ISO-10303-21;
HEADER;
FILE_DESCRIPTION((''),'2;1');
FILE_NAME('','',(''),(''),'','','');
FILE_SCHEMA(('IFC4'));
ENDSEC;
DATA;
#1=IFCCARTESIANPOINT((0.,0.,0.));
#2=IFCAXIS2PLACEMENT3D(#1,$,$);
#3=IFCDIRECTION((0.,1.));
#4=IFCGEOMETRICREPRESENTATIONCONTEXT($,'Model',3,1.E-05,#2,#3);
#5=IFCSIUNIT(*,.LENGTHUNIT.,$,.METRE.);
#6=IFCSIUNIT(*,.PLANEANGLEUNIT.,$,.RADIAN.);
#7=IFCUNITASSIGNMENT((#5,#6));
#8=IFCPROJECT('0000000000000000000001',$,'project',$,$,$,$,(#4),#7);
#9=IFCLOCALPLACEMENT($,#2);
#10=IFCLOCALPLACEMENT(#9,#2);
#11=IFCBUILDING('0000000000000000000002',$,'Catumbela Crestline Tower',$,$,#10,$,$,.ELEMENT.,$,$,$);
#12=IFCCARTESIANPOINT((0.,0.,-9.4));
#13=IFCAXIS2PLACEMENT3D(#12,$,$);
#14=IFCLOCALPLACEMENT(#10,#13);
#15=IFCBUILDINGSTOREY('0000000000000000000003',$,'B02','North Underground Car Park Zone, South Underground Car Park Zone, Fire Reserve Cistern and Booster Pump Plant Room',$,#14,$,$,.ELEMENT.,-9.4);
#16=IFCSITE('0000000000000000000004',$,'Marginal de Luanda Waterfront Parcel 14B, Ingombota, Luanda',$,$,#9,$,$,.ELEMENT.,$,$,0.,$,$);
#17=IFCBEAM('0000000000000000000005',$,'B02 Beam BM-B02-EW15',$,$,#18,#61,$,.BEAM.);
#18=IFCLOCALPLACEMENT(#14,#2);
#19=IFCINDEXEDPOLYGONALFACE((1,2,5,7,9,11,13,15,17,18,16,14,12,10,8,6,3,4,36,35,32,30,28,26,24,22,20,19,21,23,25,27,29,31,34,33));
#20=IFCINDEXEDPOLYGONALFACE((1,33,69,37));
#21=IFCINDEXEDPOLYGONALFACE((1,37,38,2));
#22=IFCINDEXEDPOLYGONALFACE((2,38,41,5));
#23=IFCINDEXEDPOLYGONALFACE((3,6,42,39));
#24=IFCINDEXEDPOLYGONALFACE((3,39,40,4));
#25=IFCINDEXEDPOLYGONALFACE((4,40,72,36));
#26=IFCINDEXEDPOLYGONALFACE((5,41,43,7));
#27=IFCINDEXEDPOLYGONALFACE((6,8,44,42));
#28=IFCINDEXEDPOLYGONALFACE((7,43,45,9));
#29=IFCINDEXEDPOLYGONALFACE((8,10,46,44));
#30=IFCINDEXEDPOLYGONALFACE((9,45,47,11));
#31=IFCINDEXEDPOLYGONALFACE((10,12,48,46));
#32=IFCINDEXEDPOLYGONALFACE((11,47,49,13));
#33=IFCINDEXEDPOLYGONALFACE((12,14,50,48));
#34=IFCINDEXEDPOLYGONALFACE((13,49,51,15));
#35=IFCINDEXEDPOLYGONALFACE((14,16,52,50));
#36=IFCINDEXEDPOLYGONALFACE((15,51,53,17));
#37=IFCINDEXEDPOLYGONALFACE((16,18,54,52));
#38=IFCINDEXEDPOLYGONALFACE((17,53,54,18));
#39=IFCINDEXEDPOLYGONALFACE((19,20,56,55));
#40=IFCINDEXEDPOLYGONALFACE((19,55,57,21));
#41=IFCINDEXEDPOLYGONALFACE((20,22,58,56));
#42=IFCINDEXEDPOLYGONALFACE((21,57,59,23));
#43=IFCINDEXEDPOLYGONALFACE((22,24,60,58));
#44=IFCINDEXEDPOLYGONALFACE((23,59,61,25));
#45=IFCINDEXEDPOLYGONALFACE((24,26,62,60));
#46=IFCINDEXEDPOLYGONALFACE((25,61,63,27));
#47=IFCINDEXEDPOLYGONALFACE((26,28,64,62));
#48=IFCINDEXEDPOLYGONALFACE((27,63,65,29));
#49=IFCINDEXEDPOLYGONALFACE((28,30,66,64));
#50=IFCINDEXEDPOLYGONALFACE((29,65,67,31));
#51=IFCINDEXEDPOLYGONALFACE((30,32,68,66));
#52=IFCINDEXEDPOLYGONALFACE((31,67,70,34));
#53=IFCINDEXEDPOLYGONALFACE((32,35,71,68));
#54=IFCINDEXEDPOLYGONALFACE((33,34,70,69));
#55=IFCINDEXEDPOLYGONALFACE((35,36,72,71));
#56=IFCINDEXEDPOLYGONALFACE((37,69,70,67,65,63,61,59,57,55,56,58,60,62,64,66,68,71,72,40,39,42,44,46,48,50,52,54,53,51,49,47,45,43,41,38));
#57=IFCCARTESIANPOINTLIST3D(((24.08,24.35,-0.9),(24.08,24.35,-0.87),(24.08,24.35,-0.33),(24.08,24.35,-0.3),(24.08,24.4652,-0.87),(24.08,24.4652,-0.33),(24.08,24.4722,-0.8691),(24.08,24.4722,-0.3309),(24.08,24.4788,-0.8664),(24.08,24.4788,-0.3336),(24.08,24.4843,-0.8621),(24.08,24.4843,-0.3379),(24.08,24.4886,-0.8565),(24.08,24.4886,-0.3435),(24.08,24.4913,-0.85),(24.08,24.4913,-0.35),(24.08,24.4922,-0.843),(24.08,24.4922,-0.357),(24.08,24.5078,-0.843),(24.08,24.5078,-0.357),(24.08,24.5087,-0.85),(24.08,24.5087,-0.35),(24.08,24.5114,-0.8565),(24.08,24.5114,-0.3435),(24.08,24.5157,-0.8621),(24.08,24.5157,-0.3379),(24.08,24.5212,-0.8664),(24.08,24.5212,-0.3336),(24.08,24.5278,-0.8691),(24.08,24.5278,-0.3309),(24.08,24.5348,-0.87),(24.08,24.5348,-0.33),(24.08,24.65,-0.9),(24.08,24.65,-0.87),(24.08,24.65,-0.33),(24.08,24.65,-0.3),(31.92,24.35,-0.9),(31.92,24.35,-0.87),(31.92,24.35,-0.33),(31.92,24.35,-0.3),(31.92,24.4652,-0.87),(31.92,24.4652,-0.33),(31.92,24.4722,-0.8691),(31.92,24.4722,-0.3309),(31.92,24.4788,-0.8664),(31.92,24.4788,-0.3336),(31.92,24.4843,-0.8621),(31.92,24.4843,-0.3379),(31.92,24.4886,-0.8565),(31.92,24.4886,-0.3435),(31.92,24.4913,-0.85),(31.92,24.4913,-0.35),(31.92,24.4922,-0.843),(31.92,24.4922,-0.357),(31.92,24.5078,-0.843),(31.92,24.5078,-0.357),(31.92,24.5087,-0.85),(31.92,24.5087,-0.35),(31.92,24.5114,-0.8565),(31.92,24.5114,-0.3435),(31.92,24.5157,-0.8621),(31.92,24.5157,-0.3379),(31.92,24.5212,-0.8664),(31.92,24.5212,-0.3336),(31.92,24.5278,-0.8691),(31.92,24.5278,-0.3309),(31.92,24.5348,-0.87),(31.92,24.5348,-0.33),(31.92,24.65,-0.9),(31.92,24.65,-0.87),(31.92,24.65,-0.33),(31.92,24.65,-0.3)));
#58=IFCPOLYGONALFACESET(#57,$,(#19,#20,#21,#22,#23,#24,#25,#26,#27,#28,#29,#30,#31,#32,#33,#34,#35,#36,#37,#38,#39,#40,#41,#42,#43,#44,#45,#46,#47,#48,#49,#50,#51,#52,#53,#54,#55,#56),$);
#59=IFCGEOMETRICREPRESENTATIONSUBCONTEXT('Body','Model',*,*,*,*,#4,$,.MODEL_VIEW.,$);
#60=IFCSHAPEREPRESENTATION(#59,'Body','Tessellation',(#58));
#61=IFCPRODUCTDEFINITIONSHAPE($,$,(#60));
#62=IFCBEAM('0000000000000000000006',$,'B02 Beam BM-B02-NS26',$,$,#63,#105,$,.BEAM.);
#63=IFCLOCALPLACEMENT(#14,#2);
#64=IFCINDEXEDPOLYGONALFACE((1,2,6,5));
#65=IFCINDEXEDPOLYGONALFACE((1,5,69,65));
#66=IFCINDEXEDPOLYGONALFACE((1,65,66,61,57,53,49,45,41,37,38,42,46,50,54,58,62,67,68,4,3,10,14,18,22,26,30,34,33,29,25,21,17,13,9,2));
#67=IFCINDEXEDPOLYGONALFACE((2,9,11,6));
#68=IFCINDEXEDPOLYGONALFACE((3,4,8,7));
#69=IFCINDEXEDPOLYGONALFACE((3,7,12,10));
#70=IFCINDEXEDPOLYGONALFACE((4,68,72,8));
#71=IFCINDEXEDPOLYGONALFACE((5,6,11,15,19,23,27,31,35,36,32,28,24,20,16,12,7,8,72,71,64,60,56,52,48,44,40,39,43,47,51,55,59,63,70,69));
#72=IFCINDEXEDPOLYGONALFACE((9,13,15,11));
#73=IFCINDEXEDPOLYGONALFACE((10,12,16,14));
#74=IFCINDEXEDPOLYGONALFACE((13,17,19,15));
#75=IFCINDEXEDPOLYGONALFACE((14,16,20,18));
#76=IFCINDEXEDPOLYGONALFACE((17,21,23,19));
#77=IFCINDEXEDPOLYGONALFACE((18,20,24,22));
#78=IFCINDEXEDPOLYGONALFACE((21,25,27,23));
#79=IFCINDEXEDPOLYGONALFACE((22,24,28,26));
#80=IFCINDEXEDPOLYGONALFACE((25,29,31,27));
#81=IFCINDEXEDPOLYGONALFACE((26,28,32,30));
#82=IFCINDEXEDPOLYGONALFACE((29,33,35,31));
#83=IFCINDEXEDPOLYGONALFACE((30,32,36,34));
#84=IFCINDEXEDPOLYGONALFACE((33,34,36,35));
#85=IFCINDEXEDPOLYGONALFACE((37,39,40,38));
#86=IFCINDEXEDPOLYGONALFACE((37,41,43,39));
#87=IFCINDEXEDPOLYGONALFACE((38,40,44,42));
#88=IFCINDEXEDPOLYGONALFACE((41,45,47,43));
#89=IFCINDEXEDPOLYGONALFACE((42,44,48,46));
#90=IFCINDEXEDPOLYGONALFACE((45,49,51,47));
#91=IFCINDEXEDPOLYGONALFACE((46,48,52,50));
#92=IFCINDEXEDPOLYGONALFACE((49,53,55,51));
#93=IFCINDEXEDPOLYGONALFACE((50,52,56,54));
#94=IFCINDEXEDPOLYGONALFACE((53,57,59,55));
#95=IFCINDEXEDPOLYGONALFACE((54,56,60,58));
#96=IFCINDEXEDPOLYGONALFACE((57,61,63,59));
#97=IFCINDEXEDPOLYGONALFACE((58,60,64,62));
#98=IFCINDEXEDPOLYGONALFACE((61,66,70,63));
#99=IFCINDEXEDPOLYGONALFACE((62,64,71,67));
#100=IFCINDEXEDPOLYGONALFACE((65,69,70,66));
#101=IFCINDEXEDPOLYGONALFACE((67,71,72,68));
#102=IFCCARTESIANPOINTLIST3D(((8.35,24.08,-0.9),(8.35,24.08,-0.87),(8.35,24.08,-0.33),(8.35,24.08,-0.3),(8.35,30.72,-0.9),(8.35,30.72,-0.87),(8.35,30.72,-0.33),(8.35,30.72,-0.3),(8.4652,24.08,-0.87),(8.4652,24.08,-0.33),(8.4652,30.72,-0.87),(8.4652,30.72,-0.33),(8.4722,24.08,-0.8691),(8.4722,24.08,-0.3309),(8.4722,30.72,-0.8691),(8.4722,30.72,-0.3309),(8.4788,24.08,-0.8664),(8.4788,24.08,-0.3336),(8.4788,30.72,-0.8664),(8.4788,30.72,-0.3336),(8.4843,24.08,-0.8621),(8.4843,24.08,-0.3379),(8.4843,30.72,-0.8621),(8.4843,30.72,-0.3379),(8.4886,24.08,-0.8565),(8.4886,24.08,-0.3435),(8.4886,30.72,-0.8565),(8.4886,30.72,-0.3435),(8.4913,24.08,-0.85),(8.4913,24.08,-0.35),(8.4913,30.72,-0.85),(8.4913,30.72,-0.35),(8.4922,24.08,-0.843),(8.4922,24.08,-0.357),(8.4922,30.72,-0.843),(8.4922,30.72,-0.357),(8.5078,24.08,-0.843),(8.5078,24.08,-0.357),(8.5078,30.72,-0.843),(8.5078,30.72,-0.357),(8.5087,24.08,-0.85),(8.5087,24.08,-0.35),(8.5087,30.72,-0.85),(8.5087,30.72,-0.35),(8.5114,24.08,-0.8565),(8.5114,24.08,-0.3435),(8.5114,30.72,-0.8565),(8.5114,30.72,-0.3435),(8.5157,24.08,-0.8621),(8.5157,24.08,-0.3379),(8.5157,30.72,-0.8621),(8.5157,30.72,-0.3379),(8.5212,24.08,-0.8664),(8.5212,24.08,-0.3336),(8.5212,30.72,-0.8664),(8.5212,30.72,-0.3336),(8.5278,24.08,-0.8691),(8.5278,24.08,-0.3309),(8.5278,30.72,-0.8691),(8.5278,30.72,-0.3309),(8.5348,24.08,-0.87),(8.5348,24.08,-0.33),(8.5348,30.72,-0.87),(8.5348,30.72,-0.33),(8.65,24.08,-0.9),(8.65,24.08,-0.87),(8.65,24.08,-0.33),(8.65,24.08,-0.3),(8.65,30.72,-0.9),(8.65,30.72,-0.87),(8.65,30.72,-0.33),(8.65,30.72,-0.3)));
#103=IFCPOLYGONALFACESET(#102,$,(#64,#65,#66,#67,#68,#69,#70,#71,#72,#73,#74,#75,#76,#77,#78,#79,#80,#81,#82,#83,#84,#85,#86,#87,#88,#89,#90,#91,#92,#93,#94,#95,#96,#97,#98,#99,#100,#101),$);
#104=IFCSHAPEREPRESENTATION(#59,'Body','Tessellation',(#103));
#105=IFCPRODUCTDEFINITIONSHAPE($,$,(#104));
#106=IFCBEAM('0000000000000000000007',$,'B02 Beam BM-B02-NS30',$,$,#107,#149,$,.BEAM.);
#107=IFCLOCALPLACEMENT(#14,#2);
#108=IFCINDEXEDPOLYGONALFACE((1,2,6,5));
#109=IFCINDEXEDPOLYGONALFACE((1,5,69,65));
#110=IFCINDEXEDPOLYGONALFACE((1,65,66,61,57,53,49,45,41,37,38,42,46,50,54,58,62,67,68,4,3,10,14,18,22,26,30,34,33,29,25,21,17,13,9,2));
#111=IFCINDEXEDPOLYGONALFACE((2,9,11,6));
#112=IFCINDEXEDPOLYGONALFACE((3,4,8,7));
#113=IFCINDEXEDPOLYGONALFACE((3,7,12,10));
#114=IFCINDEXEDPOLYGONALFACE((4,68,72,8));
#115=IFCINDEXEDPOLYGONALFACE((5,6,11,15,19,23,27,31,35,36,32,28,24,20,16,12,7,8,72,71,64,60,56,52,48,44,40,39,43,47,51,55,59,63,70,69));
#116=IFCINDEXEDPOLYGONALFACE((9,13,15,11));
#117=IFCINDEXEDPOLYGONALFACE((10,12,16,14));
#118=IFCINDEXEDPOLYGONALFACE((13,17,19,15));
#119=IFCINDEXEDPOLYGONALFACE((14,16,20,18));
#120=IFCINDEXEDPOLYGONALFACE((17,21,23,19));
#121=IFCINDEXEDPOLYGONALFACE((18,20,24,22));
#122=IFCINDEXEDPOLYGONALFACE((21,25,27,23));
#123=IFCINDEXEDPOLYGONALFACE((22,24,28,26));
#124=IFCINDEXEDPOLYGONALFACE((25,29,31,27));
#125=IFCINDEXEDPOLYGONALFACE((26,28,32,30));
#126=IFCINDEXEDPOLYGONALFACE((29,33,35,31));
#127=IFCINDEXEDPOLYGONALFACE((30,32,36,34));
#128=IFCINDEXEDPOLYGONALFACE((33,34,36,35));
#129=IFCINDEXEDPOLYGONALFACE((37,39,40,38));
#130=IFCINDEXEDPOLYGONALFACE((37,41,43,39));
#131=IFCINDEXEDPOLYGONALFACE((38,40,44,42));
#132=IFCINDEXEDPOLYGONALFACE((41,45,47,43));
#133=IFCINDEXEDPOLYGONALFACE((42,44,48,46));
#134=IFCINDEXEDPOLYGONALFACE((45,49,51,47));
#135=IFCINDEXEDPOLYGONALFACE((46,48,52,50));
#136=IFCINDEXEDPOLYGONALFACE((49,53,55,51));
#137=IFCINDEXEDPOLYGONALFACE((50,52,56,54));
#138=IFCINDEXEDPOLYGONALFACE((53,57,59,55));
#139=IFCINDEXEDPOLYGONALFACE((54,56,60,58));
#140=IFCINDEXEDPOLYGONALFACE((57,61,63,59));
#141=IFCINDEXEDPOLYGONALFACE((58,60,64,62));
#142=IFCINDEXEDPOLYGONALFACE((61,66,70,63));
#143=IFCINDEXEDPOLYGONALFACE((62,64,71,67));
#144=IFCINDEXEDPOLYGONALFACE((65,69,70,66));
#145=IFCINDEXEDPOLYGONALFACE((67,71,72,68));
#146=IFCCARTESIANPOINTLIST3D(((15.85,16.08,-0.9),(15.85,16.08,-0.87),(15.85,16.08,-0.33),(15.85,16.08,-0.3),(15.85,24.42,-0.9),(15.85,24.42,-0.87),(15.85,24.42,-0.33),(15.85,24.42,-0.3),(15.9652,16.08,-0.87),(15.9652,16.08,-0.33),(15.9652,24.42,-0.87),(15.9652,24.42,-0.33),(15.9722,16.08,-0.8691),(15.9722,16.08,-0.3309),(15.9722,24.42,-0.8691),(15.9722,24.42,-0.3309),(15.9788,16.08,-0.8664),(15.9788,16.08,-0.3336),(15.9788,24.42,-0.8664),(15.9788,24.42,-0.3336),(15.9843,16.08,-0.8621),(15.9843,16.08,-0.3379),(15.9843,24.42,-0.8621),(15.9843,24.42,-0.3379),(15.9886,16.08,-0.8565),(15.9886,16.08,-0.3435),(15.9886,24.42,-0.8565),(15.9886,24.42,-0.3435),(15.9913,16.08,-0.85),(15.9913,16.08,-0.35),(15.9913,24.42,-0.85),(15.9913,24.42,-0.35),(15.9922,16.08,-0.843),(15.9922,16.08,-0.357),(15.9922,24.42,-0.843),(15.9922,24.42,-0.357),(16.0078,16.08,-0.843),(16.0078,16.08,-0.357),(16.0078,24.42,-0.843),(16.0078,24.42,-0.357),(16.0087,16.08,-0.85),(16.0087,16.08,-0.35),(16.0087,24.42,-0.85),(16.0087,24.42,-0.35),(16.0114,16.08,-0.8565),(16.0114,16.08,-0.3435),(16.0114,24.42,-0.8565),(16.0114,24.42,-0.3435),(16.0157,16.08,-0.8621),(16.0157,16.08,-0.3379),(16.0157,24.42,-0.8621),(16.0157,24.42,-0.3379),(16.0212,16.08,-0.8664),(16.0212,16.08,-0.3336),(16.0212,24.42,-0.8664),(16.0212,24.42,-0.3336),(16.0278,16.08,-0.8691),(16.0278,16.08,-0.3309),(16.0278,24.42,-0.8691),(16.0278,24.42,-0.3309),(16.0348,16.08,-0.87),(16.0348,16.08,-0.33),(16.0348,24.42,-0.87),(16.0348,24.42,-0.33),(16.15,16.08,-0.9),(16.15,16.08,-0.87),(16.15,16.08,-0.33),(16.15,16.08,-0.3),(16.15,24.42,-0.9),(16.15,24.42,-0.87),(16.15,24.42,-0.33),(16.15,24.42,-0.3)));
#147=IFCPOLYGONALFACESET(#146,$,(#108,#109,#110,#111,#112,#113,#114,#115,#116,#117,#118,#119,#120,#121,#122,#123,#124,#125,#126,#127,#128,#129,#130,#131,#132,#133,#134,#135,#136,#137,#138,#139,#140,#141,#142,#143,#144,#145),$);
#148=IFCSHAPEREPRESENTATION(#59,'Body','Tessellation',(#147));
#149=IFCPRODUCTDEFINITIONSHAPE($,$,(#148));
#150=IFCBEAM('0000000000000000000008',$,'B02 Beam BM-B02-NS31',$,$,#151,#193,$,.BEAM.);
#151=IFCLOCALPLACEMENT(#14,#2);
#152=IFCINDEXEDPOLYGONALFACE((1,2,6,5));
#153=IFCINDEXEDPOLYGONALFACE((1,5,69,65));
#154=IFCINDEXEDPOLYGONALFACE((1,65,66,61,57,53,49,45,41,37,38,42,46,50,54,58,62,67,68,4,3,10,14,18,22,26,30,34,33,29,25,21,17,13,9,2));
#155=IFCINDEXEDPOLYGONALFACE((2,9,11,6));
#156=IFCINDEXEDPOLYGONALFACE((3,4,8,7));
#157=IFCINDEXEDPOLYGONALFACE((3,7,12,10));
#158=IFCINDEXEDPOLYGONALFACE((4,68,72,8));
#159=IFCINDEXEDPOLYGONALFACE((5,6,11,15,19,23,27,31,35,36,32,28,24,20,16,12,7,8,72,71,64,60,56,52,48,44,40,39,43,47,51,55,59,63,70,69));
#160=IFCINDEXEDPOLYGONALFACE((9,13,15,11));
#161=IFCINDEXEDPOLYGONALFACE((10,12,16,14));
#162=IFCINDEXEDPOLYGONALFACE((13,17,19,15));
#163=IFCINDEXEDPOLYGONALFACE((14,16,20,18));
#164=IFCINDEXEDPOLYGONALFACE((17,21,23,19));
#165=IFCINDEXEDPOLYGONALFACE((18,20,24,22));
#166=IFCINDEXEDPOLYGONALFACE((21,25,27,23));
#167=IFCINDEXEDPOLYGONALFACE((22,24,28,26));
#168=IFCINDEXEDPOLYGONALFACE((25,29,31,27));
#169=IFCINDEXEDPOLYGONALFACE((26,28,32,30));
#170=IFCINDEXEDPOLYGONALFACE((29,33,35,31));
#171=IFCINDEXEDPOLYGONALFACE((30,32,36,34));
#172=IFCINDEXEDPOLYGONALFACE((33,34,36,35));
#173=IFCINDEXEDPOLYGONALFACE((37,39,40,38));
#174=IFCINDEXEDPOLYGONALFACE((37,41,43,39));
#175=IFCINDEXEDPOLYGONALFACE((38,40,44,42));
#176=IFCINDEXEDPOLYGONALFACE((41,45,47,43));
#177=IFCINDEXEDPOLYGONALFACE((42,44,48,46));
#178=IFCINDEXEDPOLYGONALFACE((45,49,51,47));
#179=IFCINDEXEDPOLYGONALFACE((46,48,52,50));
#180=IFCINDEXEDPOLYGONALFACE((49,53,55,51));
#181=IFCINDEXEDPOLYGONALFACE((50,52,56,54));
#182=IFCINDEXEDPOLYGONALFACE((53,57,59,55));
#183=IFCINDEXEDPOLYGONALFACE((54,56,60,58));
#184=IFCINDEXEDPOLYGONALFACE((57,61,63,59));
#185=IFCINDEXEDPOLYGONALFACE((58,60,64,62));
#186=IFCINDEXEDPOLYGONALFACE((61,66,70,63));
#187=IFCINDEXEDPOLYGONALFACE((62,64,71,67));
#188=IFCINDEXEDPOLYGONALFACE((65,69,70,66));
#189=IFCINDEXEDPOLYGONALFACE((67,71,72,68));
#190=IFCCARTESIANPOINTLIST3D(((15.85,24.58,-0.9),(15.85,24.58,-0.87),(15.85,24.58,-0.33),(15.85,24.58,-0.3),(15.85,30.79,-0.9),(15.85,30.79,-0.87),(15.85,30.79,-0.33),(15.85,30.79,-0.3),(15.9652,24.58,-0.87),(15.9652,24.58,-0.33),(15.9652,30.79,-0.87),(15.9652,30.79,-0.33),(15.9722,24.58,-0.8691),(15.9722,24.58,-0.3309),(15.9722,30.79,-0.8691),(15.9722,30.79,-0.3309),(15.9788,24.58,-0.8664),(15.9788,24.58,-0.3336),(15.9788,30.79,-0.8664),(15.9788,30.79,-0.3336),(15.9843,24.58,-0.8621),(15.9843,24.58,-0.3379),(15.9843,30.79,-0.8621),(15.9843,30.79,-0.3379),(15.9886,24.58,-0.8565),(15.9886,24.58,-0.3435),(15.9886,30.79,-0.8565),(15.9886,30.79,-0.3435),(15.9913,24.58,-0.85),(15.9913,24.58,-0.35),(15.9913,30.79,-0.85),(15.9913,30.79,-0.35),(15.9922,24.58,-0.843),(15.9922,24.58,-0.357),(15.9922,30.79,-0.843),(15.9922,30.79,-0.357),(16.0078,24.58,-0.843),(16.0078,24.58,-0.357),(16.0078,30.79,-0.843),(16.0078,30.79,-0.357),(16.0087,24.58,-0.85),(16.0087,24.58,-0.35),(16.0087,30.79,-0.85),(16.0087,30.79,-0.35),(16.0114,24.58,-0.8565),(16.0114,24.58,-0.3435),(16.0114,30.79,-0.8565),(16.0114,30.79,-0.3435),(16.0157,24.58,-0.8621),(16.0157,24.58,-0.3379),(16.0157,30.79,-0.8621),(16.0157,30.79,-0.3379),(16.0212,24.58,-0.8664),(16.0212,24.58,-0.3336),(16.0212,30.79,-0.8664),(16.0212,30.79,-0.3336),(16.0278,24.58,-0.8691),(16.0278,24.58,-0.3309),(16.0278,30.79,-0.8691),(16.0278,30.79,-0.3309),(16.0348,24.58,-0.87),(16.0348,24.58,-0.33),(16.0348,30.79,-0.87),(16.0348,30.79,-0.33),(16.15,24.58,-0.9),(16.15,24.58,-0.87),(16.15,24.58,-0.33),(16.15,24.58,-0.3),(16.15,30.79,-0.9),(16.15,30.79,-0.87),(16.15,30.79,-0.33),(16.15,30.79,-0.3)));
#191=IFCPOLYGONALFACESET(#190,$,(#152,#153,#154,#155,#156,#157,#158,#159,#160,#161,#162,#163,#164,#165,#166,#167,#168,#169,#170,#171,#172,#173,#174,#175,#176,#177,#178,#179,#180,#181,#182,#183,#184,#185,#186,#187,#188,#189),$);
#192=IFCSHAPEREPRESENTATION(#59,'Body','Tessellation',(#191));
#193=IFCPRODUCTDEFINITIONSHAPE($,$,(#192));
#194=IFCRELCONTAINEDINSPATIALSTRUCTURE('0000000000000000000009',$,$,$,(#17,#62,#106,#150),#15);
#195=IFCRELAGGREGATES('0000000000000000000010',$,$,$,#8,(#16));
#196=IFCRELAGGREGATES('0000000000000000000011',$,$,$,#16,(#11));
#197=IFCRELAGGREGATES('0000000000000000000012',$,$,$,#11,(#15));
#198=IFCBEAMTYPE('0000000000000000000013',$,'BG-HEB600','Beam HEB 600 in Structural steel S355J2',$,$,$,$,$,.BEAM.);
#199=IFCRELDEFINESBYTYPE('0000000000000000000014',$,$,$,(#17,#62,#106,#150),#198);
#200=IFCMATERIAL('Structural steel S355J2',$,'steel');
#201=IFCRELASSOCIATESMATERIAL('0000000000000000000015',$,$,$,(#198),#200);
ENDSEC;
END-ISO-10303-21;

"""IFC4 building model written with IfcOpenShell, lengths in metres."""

from ifc_helpers import new_model, si_unit, direction, frame, origin, origin_2d, place, context, subcontext, project, spatial, i_section, extrude, material, material_profile, profile_set, type_object, element, save


model = new_model("IFC4")

# Units and contexts
model_context = context("Model", 3, precision=1e-05, world=origin(), true_north=direction((0.0, 1.0)))
body_context = subcontext(model_context, "Body", "Model", "MODEL_VIEW")
ifc_project = project(units=[si_unit("LENGTHUNIT", "METRE"), si_unit("PLANEANGLEUNIT", "RADIAN")], contexts=[model_context])

# Site, building, storey
site_placement = place(None, origin())
site = spatial("IfcSite", under=ifc_project, at=site_placement, Name="Marginal de Luanda Waterfront Parcel 14B, Ingombota, Luanda", CompositionType="ELEMENT", RefElevation=0.0)
building_placement = place(site_placement, origin())
building = spatial("IfcBuilding", under=site, at=building_placement, Name="Catumbela Crestline Tower", CompositionType="ELEMENT")
storey_placement = place(building_placement, frame((0.0, 0.0, -9.4)))
storey = spatial("IfcBuildingStorey", under=building, at=storey_placement, Name="B02", Description="North Underground Car Park Zone, South Underground Car Park Zone, Fire Reserve Cistern and Booster Pump Plant Room", CompositionType="ELEMENT", Elevation=-9.4)

# Beams
ifc_material_1 = material(Name="Structural steel S355J2", Category="steel")
ifc_material_profile_1 = material_profile(ifc_material_1, i_section(OverallWidth=0.3, OverallDepth=0.6, WebThickness=0.0155, FlangeThickness=0.03, FilletRadius=0.027, at=origin_2d()), Name="HEB 600")
ifc_profile_set_1 = profile_set([ifc_material_profile_1], Name="Structural steel S355J2")
beam_type_1 = type_object("IfcBeamType", Name="BG-HEB600", Description="Beam HEB 600 in Structural steel S355J2", PredefinedType="BEAM", material=ifc_profile_set_1)
for number, where, z_axis, x_axis, name in (
    (1, (24.08, 24.5, -0.6), (1.0, 0.0, 0.0), (0.0, 1.0, 0.0), "B02 Beam BM-B02-EW15"),
):
    element("IfcBeam", number, at=place(storey_placement, frame(where, z_axis=z_axis, x_axis=x_axis)), inside=storey, type_object=beam_type_1, Name=name, PredefinedType="BEAM", context=body_context, shape_type="SweptSolid", body=[
        extrude(i_section(OverallWidth=0.3, OverallDepth=0.6, WebThickness=0.0155, FlangeThickness=0.03, FilletRadius=0.027, at=origin_2d()), origin(), (0.0, 0.0, 1.0), 7.84),
    ])
beam_1_placement = place(storey_placement, frame((8.5, 24.08, -0.6), z_axis=(0.0, 1.0, 0.0), x_axis=(-1.0, 0.0, 0.0)))
element("IfcBeam", 2, at=beam_1_placement, inside=storey, type_object=beam_type_1, Name="B02 Beam BM-B02-NS26", PredefinedType="BEAM", context=body_context, shape_type="SweptSolid", body=[
    extrude(i_section(OverallWidth=0.3, OverallDepth=0.6, WebThickness=0.0155, FlangeThickness=0.03, FilletRadius=0.027, at=origin_2d()), origin(), (0.0, 0.0, 1.0), 6.64),
])
beam_2_placement = place(storey_placement, frame((16.0, 16.08, -0.6), z_axis=(0.0, 1.0, 0.0), x_axis=(-1.0, 0.0, 0.0)))
element("IfcBeam", 3, at=beam_2_placement, inside=storey, type_object=beam_type_1, Name="B02 Beam BM-B02-NS30", PredefinedType="BEAM", context=body_context, shape_type="SweptSolid", body=[
    extrude(i_section(OverallWidth=0.3, OverallDepth=0.6, WebThickness=0.0155, FlangeThickness=0.03, FilletRadius=0.027, at=origin_2d()), origin(), (0.0, 0.0, 1.0), 8.34),
])
beam_3_placement = place(storey_placement, frame((16.0, 24.58, -0.6), z_axis=(0.0, 1.0, 0.0), x_axis=(-1.0, 0.0, 0.0)))
element("IfcBeam", 4, at=beam_3_placement, inside=storey, type_object=beam_type_1, Name="B02 Beam BM-B02-NS31", PredefinedType="BEAM", context=body_context, shape_type="SweptSolid", body=[
    extrude(i_section(OverallWidth=0.3, OverallDepth=0.6, WebThickness=0.0155, FlangeThickness=0.03, FilletRadius=0.027, at=origin_2d()), origin(), (0.0, 0.0, 1.0), 6.21),
])

save(model, "model.ifc")
